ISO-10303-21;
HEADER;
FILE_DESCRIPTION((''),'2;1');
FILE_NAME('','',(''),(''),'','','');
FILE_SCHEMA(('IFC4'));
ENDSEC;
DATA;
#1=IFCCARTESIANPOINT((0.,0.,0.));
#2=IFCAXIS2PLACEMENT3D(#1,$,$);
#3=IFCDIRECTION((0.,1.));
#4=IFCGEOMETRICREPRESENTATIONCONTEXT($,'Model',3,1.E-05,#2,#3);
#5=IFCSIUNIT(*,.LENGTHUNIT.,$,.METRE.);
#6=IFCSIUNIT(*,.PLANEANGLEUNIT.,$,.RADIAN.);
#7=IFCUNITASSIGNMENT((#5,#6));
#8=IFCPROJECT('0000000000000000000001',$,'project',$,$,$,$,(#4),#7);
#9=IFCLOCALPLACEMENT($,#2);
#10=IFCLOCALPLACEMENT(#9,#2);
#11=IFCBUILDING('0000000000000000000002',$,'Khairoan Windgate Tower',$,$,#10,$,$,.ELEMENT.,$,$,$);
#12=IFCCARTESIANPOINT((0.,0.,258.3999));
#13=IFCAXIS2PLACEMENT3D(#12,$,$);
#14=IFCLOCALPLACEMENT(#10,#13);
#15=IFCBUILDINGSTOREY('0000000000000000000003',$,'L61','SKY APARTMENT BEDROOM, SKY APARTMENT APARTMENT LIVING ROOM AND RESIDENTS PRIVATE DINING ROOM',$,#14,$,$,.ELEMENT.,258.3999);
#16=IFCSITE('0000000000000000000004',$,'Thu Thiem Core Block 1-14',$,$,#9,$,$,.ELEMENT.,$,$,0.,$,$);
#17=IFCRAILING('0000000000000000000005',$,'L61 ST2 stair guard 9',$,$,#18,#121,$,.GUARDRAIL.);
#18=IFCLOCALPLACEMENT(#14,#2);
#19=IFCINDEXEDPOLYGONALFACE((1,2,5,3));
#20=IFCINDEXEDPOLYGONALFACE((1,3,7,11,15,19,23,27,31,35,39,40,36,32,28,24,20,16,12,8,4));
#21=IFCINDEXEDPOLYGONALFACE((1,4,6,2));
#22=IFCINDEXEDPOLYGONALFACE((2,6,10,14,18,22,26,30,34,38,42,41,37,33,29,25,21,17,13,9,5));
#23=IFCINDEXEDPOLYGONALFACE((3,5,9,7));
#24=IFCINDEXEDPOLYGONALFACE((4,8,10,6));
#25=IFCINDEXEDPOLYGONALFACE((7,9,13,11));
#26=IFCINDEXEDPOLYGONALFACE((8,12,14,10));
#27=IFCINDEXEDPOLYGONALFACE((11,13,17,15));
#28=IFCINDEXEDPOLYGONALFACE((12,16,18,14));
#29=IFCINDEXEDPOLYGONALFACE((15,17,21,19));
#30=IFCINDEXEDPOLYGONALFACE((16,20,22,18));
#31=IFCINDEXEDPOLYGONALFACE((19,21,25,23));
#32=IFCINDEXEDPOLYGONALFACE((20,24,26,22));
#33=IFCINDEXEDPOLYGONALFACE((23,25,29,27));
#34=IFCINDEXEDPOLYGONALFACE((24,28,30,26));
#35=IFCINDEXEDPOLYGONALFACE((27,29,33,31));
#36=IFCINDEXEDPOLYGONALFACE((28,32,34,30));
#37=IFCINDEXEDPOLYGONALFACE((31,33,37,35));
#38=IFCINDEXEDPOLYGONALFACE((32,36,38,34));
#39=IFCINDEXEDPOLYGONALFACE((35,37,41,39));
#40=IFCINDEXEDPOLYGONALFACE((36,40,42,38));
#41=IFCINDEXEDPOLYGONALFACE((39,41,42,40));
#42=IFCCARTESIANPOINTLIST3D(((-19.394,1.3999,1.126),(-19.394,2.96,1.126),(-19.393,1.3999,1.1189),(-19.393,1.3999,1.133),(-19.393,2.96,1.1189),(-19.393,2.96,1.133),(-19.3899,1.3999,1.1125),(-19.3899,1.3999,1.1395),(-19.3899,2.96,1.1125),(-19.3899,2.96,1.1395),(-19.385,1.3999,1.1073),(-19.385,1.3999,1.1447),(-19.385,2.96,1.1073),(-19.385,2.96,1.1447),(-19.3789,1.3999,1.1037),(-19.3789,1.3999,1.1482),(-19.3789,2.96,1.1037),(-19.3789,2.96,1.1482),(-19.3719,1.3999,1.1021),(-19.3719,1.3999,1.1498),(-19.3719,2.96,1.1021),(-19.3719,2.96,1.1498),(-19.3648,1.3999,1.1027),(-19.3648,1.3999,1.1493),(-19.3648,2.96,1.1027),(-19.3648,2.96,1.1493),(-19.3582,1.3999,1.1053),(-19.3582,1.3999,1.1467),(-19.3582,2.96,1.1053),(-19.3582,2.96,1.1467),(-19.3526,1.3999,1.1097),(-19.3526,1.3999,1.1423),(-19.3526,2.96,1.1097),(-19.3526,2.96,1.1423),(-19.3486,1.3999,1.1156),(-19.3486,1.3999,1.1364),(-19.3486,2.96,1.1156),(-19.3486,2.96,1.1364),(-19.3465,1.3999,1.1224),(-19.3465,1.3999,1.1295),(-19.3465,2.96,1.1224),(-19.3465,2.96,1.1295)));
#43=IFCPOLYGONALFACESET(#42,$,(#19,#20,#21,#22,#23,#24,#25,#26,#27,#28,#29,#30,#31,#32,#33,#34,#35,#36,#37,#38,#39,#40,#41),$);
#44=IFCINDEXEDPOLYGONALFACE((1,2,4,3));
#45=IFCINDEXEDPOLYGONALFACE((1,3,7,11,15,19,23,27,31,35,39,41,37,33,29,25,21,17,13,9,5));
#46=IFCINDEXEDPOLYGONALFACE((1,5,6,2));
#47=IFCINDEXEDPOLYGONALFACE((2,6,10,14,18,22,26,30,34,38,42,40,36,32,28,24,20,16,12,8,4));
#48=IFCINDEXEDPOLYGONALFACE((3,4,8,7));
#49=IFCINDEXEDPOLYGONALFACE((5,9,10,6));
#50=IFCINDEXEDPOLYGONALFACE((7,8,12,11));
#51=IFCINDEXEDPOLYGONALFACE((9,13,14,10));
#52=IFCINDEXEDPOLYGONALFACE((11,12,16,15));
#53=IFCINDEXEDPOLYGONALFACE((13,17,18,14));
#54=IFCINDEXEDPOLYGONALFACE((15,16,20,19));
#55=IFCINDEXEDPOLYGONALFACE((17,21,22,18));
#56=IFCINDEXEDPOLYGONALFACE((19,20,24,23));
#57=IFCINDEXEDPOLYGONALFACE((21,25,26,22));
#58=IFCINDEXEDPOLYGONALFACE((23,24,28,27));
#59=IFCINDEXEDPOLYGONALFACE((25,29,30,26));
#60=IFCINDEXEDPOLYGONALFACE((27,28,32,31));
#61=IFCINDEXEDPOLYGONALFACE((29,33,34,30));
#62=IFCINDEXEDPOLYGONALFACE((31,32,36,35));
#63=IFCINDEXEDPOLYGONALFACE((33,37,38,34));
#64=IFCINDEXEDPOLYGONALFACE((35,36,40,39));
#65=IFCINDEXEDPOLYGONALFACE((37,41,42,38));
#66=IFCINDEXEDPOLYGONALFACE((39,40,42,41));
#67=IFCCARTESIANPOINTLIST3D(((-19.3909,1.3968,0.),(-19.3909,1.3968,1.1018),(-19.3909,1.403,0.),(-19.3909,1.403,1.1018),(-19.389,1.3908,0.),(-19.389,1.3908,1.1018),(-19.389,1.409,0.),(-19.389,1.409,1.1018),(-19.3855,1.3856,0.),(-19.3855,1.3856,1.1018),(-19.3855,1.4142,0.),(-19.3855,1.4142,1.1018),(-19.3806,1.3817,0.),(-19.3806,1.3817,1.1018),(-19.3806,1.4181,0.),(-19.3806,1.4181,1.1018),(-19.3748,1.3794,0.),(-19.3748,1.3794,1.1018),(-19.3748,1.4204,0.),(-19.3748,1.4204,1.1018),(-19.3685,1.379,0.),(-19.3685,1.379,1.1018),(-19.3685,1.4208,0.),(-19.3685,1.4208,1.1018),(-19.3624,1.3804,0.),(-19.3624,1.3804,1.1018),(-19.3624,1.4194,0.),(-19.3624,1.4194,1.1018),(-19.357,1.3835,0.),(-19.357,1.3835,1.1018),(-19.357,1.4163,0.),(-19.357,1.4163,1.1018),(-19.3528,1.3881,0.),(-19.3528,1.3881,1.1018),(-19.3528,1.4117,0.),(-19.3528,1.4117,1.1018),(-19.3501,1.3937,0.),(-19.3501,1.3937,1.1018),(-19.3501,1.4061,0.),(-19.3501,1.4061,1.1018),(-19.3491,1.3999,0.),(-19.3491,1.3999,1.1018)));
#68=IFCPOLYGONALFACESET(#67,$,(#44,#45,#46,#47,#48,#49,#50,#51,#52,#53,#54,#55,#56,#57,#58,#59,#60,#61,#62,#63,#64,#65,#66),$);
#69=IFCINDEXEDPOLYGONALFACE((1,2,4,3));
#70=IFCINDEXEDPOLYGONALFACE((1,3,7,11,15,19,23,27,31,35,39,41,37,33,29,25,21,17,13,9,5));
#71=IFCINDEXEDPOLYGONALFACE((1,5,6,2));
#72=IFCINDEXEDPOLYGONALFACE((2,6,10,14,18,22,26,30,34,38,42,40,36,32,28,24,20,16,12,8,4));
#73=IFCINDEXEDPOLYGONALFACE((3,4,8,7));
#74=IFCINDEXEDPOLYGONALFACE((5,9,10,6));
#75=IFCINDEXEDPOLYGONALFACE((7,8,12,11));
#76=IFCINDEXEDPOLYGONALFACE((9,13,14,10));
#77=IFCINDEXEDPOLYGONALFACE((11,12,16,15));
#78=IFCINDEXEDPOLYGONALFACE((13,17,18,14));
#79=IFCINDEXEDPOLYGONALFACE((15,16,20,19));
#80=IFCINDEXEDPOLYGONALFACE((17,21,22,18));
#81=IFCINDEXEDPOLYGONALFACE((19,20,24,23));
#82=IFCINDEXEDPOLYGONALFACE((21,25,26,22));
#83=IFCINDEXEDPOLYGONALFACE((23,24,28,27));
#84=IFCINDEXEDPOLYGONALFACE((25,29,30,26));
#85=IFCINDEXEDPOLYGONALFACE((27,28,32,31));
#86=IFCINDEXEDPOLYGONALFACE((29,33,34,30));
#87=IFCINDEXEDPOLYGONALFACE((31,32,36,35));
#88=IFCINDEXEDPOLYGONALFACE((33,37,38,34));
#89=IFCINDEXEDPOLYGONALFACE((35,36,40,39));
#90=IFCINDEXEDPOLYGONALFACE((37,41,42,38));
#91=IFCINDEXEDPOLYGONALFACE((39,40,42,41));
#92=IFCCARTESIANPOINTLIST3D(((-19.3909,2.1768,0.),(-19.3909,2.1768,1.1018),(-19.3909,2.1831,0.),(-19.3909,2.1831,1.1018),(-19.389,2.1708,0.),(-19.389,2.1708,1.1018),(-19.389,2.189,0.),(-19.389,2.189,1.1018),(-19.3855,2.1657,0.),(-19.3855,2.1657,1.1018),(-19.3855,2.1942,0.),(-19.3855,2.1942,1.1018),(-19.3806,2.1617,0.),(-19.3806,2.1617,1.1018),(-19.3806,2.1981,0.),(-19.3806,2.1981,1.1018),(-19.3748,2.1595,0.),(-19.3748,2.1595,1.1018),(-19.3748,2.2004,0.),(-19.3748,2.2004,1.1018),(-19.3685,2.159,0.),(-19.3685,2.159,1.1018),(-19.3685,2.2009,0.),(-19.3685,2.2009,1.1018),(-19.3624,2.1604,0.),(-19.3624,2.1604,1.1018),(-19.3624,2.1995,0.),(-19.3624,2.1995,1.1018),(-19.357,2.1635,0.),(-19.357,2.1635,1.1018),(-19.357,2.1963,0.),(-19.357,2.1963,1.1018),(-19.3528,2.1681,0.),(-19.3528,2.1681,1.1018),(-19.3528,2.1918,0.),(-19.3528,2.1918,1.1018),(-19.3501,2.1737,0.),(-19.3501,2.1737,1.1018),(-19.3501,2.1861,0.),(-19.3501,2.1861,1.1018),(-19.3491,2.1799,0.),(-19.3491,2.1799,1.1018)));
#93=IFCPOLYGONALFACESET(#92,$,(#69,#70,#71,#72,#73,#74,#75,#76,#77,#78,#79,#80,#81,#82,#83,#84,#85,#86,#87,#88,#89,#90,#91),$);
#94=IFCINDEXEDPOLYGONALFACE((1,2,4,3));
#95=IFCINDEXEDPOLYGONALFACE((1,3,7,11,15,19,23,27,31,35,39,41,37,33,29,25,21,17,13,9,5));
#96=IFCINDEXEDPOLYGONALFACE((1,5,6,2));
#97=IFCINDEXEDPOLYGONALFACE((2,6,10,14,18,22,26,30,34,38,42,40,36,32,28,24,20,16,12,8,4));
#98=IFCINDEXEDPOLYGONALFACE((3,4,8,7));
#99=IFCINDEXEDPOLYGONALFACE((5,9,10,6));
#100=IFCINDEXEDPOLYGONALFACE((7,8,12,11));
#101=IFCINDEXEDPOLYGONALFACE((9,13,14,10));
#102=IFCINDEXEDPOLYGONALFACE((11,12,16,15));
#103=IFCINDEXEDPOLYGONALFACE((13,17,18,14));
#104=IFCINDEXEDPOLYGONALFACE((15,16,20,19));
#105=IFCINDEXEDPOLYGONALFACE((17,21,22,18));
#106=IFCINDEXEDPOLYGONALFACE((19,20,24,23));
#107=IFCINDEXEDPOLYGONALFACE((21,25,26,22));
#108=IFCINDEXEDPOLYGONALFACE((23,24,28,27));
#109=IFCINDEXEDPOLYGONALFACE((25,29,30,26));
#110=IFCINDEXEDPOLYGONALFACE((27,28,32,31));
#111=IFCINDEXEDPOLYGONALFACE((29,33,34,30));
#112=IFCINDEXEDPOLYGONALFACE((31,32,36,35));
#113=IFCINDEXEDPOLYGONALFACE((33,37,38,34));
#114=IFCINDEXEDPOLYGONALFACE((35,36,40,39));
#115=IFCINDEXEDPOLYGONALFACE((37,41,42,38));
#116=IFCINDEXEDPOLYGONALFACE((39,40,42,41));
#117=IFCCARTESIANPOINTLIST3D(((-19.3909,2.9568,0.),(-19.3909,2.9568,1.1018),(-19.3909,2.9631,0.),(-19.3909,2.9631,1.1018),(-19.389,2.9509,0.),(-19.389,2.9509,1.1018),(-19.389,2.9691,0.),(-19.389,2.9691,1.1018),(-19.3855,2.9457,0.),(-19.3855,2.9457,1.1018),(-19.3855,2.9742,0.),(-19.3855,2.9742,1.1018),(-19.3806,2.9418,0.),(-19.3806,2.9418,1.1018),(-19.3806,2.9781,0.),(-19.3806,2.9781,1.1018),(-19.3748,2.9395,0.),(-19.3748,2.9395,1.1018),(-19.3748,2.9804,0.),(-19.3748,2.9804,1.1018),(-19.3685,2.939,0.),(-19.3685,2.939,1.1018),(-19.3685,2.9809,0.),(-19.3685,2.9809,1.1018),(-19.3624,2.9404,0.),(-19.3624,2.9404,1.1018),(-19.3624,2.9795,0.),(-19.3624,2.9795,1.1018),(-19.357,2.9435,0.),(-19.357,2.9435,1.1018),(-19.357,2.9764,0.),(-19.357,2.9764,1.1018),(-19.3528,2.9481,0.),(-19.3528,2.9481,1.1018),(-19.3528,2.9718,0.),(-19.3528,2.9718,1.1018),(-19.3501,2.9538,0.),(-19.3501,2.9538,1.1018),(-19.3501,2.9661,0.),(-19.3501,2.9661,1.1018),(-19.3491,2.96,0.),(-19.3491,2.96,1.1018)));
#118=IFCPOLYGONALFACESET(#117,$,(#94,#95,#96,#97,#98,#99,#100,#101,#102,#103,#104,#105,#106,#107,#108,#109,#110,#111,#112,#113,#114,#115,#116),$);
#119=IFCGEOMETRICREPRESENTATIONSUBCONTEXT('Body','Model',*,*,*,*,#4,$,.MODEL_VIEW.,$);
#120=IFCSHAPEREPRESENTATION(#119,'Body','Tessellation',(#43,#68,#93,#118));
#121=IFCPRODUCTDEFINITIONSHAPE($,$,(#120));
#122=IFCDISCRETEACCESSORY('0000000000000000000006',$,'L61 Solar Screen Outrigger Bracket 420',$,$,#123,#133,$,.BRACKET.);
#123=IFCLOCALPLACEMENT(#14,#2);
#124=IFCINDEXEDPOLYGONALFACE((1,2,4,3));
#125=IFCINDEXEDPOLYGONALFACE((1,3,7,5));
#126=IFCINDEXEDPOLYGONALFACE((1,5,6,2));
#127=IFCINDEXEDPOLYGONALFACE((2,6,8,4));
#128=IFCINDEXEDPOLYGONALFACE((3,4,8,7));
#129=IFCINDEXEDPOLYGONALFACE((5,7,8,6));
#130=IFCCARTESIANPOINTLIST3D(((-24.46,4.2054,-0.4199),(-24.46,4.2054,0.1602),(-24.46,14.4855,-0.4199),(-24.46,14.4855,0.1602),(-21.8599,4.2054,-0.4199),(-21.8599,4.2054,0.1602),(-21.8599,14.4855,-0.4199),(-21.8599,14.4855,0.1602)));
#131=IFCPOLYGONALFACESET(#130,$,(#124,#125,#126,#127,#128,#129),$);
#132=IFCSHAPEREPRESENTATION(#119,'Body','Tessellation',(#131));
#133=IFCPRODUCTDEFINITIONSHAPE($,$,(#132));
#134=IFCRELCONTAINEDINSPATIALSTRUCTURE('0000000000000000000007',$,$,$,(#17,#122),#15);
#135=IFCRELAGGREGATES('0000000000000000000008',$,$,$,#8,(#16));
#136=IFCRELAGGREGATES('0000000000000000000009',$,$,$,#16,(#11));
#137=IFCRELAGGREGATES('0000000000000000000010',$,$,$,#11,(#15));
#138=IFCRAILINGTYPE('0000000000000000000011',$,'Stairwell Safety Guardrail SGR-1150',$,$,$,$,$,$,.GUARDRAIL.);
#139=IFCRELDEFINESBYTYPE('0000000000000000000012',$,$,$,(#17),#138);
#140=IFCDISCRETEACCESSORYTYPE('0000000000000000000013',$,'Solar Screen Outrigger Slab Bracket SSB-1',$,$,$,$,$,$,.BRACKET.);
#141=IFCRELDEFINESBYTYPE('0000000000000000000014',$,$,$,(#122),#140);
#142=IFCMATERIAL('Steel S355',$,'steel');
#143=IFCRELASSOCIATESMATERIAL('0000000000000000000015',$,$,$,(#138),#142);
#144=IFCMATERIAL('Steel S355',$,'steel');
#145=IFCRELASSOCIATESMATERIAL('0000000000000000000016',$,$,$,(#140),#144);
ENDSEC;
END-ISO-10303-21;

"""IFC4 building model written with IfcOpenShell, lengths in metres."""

from ifc_helpers import new_model, si_unit, direction, frame, origin, origin_2d, place, context, subcontext, project, spatial, rectangle, circle, extrude, material, type_object, element, save


model = new_model("IFC4")

# Units and contexts
model_context = context("Model", 3, precision=1e-05, world=origin(), true_north=direction((0.0, 1.0)))
body_context = subcontext(model_context, "Body", "Model", "MODEL_VIEW")
ifc_project = project(units=[si_unit("LENGTHUNIT", "METRE"), si_unit("PLANEANGLEUNIT", "RADIAN")], contexts=[model_context])

# Site, building, storey
site_placement = place(None, origin())
site = spatial("IfcSite", under=ifc_project, at=site_placement, Name="Thu Thiem Core Block 1-14", CompositionType="ELEMENT", RefElevation=0.0)
building_placement = place(site_placement, origin())
building = spatial("IfcBuilding", under=site, at=building_placement, Name="Khairoan Windgate Tower", CompositionType="ELEMENT")
storey_placement = place(building_placement, frame((0.0, 0.0, 258.3999)))
storey = spatial("IfcBuildingStorey", under=building, at=storey_placement, Name="L61", Description="SKY APARTMENT BEDROOM, SKY APARTMENT APARTMENT LIVING ROOM AND RESIDENTS PRIVATE DINING ROOM", CompositionType="ELEMENT", Elevation=258.3999)

# Railing
ifc_material_1 = material(Name="Steel S355", Category="steel")
railing_type_1 = type_object("IfcRailingType", Name="Stairwell Safety Guardrail SGR-1150", PredefinedType="GUARDRAIL", material=ifc_material_1)
for number, where, name in (
    (1, (-19.3701, 1.3999, 0.0), "L61 ST2 stair guard 9"),
):
    element("IfcRailing", number, at=place(storey_placement, frame(where)), inside=storey, type_object=railing_type_1, Name=name, PredefinedType="GUARDRAIL", context=body_context, shape_type="SweptSolid", body=[
        extrude(circle(Radius=0.0239, at=origin_2d()), frame((0.0, 0.0, 1.126), z_axis=(0.0, 1.0, 0.0), x_axis=(-1.0, 0.0, 0.0)), (0.0, 0.0, 1.0), 1.5601),
        extrude(circle(Radius=0.021, at=origin_2d()), origin(), (0.0, 0.0, 1.0), 1.1018),
        extrude(circle(Radius=0.021, at=origin_2d()), frame((0.0, 0.78, 0.0)), (0.0, 0.0, 1.0), 1.1018),
        extrude(circle(Radius=0.021, at=origin_2d()), frame((0.0, 1.5601, 0.0)), (0.0, 0.0, 1.0), 1.1018),
    ])

# Discrete accessory
ifc_material_2 = material(Name="Steel S355", Category="steel")
discrete_accessory_type = type_object("IfcDiscreteAccessoryType", Name="Solar Screen Outrigger Slab Bracket SSB-1", PredefinedType="BRACKET", material=ifc_material_2)
discrete_accessory_placement = place(storey_placement, frame((-23.1599, 9.3455, -0.4199), z_axis=(0.0, 0.0, 1.0), x_axis=(0.0, 1.0, 0.0)))
element("IfcDiscreteAccessory", 2, at=discrete_accessory_placement, inside=storey, type_object=discrete_accessory_type, Name="L61 Solar Screen Outrigger Bracket 420", PredefinedType="BRACKET", context=body_context, shape_type="SweptSolid", body=[
    extrude(rectangle(XDim=10.28, YDim=2.6001, at=origin_2d()), origin(), (0.0, 0.0, 1.0), 0.5801),
])

save(model, "model.ifc")
